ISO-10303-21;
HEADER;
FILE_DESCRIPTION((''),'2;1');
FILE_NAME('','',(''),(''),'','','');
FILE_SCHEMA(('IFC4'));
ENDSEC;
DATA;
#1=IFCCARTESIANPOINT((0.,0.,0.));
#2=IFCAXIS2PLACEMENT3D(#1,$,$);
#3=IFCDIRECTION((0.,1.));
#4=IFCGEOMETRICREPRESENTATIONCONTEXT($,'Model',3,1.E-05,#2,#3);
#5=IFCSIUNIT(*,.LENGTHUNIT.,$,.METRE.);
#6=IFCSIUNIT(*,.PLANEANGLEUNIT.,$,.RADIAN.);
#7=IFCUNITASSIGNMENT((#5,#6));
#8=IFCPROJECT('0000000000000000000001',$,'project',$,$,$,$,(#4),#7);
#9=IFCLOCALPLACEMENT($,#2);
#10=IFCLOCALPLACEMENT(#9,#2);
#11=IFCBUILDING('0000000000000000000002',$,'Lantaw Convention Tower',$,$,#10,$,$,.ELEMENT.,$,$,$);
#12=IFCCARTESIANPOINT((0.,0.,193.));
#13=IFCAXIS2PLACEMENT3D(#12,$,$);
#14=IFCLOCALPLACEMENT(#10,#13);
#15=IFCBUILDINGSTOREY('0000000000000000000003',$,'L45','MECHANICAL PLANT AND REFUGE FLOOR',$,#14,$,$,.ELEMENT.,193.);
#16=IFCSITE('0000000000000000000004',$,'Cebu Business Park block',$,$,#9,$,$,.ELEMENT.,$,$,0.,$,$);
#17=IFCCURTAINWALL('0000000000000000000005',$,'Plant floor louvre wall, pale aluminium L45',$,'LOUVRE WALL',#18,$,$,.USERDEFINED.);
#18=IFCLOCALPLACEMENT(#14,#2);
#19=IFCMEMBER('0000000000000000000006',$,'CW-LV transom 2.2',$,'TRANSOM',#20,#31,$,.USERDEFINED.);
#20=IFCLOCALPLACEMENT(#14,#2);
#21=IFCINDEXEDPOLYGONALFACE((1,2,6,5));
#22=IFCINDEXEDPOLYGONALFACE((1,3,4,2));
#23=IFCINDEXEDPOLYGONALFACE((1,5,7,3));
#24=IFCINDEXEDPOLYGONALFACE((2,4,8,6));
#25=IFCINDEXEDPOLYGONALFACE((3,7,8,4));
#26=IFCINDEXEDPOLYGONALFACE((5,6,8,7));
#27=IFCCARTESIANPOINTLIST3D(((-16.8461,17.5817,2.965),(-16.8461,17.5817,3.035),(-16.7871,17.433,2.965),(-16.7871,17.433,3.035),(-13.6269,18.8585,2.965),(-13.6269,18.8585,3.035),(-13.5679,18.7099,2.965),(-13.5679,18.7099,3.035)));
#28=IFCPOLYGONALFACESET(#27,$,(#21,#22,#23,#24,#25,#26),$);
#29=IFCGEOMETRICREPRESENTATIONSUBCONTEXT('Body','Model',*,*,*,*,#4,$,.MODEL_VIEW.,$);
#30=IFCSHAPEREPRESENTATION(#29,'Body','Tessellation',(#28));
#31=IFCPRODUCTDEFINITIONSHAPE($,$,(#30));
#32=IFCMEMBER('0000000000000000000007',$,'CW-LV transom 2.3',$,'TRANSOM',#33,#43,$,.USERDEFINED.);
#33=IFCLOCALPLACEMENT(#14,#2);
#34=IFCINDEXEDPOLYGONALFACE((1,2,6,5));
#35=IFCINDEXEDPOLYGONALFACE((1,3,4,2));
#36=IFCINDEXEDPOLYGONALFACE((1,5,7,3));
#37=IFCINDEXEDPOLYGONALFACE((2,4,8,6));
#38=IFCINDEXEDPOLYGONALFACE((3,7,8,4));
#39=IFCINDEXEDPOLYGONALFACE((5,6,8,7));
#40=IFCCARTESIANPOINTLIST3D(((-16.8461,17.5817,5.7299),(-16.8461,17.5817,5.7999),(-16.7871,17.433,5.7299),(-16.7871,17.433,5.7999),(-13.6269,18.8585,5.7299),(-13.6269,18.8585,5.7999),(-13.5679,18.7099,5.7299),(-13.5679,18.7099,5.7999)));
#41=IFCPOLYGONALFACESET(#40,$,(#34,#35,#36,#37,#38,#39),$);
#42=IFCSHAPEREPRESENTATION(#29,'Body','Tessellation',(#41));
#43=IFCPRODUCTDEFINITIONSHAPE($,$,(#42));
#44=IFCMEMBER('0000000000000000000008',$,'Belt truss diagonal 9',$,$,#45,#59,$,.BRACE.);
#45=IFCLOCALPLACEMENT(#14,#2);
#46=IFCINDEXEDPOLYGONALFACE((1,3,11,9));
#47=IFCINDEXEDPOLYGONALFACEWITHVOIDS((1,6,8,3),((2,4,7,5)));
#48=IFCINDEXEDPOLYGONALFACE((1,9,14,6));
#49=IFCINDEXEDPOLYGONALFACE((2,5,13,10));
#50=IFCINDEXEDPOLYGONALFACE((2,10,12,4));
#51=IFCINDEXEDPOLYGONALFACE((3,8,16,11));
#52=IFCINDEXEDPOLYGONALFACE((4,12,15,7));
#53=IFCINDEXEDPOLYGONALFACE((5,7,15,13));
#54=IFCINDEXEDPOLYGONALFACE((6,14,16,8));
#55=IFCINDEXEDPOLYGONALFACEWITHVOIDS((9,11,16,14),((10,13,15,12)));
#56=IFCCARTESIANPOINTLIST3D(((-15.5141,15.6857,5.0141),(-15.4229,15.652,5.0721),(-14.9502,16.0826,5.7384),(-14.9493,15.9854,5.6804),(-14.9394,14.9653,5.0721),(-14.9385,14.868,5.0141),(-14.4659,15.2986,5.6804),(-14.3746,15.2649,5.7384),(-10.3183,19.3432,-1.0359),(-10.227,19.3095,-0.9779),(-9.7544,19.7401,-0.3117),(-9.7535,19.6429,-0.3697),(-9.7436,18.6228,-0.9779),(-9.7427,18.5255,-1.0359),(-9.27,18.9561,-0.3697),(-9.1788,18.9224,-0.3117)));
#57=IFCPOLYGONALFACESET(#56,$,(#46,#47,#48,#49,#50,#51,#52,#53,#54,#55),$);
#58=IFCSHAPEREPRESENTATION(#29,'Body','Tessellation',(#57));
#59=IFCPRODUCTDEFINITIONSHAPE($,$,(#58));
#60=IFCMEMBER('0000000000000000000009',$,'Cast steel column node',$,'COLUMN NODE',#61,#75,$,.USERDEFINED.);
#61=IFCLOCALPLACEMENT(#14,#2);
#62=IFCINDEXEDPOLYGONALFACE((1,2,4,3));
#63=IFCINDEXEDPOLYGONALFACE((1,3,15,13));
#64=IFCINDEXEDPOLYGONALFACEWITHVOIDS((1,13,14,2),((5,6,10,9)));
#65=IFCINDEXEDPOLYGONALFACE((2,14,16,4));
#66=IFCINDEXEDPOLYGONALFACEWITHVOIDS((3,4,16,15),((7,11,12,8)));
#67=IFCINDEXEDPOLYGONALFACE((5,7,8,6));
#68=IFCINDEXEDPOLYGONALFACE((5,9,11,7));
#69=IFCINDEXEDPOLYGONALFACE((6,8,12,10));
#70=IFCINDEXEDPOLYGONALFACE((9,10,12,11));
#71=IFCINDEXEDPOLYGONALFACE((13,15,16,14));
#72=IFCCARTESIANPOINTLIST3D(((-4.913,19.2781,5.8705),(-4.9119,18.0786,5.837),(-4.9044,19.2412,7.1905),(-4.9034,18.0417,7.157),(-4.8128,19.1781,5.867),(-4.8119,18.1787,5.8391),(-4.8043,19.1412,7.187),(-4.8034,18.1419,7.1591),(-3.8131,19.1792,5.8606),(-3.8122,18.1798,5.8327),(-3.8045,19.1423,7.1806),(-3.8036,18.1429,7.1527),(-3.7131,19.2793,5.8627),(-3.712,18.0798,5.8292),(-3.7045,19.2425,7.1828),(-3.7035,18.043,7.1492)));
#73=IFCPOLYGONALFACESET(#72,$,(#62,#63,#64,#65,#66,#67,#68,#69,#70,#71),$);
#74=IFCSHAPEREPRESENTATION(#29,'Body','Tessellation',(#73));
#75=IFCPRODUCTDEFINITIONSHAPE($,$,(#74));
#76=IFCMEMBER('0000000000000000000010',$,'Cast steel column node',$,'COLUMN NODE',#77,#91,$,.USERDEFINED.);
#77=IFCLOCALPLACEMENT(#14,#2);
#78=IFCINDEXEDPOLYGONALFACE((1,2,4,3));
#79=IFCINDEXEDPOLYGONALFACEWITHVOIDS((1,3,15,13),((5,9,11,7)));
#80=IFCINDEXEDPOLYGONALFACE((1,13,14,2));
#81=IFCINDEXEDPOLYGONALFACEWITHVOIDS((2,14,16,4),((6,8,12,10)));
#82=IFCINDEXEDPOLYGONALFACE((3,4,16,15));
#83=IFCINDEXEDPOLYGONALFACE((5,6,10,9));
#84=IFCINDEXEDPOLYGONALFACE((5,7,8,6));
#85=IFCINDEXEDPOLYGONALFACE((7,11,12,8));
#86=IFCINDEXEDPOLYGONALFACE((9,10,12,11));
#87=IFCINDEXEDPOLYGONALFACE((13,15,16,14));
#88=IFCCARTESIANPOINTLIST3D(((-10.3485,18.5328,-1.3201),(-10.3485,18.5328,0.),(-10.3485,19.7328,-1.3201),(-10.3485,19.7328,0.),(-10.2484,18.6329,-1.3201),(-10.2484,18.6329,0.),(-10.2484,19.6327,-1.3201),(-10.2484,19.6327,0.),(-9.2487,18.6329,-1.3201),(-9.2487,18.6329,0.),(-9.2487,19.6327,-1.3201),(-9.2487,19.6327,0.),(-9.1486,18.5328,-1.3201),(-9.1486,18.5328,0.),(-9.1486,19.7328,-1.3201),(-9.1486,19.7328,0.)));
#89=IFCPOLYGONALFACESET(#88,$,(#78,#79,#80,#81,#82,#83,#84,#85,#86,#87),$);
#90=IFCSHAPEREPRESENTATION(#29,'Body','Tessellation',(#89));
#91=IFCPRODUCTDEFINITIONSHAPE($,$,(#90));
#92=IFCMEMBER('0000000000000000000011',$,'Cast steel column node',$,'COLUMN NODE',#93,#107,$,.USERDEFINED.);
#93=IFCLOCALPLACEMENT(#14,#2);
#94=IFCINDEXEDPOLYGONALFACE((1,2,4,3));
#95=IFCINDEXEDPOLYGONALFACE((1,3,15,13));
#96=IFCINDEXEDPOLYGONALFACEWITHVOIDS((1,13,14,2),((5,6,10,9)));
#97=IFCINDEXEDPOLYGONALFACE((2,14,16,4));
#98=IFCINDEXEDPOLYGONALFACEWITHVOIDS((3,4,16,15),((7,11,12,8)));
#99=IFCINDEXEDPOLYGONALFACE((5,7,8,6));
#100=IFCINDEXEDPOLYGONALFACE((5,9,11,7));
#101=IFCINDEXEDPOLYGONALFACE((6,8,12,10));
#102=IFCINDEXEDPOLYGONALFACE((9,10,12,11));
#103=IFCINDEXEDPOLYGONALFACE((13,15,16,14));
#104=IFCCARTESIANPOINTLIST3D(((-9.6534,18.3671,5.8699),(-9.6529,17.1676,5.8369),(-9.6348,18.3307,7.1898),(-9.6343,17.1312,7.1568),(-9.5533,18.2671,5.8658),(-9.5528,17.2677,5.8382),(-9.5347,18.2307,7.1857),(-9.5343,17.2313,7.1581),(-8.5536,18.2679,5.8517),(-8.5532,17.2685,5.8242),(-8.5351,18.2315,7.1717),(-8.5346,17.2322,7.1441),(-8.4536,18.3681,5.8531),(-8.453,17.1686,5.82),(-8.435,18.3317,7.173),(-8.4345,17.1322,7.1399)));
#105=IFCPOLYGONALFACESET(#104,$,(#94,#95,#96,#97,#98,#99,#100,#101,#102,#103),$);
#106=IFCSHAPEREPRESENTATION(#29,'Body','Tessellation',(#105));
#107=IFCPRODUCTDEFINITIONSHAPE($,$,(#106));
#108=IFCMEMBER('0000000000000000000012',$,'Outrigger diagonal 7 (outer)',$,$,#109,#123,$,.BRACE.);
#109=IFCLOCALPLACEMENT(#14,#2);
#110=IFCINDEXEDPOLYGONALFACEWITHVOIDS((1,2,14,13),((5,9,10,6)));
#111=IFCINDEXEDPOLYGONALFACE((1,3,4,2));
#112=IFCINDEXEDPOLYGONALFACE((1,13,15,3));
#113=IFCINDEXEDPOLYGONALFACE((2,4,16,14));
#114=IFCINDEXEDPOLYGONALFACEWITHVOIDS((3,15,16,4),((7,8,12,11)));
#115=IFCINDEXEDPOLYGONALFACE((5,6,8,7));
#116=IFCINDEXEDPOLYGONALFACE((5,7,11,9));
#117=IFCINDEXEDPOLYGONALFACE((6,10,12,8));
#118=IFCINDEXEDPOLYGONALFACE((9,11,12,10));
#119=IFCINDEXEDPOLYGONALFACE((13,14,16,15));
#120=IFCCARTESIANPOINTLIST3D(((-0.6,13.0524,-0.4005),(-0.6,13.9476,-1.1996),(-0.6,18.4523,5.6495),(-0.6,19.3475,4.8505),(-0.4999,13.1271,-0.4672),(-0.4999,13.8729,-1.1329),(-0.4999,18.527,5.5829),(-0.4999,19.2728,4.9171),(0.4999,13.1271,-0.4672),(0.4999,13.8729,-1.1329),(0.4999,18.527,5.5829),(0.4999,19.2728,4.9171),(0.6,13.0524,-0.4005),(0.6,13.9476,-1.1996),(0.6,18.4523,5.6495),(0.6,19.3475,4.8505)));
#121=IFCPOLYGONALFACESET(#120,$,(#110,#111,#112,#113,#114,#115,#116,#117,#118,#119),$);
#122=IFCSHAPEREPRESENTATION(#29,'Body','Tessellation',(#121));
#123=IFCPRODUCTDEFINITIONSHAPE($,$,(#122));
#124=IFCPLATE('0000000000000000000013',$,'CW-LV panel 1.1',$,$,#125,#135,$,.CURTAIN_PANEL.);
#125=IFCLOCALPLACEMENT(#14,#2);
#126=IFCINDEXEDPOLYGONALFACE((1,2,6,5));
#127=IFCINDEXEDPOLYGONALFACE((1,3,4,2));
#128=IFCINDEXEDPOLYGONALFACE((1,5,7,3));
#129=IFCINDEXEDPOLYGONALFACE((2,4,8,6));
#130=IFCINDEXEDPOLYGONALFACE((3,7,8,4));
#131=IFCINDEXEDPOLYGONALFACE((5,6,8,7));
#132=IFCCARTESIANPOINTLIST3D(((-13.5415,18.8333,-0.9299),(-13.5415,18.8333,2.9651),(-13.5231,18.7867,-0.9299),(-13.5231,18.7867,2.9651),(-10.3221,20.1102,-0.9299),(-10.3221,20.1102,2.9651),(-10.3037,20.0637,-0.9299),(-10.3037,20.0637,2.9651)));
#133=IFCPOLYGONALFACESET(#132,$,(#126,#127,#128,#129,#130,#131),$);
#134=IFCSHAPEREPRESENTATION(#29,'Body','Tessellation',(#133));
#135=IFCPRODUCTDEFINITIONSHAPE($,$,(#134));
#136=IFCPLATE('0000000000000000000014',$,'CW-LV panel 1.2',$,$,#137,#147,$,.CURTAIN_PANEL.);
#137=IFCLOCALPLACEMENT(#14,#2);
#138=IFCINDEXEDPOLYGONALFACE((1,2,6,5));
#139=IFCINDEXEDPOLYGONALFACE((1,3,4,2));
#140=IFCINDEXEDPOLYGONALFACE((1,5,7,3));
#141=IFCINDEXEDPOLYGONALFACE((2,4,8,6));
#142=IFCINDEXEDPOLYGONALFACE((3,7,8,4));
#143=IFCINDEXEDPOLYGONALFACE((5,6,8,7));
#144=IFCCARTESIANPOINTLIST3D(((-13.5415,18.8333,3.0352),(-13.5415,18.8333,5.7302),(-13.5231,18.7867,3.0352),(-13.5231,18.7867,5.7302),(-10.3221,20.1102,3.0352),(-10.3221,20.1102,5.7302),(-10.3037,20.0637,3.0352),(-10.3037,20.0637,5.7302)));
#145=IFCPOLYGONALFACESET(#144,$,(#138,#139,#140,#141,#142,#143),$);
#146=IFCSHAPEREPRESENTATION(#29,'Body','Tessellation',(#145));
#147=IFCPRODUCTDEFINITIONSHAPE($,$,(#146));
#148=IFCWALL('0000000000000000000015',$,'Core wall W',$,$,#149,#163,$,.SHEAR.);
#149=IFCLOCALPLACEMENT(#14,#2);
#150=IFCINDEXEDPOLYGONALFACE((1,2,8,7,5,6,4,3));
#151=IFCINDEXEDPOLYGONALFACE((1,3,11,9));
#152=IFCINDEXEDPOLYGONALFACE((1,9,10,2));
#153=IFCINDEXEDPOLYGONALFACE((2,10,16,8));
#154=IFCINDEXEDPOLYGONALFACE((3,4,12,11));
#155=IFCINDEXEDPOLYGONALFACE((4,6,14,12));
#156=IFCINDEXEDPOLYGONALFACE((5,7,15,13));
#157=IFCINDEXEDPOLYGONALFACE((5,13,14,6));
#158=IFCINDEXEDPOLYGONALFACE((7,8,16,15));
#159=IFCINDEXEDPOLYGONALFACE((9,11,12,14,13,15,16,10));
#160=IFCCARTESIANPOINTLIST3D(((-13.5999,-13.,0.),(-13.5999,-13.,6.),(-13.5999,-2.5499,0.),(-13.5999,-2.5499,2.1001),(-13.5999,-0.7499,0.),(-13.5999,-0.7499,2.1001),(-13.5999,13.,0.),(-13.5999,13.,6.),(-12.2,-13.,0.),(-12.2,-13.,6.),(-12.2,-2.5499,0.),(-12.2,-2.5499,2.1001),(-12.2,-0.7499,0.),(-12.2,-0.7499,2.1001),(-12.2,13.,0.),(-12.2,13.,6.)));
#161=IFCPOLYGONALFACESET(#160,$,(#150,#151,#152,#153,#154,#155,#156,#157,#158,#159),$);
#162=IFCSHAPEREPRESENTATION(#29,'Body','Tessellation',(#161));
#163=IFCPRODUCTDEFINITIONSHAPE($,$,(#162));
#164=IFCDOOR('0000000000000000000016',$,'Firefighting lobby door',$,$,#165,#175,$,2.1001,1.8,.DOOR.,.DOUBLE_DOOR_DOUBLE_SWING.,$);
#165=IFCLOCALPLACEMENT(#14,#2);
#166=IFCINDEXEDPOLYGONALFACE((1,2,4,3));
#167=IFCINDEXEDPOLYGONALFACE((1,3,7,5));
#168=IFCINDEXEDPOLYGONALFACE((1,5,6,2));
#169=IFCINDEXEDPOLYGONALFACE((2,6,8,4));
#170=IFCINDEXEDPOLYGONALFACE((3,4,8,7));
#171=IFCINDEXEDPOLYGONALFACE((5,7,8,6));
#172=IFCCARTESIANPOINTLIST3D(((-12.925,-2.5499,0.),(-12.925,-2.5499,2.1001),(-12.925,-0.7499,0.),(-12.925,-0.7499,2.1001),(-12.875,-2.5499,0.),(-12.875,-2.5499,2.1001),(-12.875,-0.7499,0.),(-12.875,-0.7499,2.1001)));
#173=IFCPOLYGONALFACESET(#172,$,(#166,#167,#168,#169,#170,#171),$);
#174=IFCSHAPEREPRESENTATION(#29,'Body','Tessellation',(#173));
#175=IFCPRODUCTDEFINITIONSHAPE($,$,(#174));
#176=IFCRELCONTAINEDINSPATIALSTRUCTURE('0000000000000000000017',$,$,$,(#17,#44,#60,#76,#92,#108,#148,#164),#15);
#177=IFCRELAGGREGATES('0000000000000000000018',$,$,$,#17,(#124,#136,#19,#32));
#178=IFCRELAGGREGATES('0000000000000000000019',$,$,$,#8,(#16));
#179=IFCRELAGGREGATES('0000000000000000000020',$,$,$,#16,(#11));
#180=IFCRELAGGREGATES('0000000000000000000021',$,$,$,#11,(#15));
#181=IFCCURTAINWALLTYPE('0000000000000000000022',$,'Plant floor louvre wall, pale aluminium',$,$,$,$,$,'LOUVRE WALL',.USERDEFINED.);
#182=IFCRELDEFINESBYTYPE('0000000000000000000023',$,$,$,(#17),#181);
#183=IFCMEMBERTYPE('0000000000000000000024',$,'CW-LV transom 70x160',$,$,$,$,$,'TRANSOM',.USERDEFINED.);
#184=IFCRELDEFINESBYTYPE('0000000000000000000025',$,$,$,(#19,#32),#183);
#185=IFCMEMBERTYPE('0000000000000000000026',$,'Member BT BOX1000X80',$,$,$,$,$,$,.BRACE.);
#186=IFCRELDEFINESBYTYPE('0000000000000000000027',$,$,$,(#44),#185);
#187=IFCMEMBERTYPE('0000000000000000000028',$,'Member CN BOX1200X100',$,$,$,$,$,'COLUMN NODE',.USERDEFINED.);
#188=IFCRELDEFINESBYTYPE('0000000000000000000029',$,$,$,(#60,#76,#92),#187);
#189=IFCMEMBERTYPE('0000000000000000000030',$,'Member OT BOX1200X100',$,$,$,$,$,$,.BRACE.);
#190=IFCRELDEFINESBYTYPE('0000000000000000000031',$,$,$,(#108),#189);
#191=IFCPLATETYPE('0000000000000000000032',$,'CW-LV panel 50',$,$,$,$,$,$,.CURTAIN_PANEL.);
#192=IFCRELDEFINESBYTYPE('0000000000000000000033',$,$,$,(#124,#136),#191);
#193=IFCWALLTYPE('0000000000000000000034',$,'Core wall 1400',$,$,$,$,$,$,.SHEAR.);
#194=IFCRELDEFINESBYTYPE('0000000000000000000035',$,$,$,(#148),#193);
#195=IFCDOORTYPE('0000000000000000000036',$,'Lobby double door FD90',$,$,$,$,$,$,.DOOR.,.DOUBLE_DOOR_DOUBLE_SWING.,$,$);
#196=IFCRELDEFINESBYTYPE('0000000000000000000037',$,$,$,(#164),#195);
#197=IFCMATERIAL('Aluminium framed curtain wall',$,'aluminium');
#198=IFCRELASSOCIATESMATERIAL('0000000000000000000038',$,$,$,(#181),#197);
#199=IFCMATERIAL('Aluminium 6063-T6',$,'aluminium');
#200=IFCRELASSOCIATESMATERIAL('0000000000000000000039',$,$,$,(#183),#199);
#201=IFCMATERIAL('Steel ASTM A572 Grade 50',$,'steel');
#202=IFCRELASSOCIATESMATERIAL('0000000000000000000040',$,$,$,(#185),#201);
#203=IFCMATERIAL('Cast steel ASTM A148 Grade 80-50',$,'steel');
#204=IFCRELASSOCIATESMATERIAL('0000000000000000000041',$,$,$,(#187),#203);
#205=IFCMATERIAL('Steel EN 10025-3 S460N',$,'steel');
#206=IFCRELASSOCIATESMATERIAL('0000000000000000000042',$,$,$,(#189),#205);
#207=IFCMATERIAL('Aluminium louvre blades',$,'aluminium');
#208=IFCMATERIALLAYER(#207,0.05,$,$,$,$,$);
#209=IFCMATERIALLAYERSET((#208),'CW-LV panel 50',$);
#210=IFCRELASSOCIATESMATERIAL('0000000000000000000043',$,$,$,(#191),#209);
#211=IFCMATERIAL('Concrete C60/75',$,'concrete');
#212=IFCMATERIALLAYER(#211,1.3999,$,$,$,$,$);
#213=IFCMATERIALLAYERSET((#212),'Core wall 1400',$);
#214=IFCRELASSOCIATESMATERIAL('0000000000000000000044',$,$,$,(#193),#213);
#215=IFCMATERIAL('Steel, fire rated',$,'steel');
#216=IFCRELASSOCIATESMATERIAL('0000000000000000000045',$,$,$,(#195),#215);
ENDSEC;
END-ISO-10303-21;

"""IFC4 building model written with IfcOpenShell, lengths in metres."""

from ifc_helpers import new_model, si_unit, direction, frame, frame_2d, origin, origin_2d, place, context, subcontext, project, spatial, rectangle, hollow_rectangle, extrude, material, layer, layer_set, material_profile, profile_set, type_object, element, fill, aggregate, save


model = new_model("IFC4")

# Units and contexts
model_context = context("Model", 3, precision=1e-05, world=origin(), true_north=direction((0.0, 1.0)))
body_context = subcontext(model_context, "Body", "Model", "MODEL_VIEW")
ifc_project = project(units=[si_unit("LENGTHUNIT", "METRE"), si_unit("PLANEANGLEUNIT", "RADIAN")], contexts=[model_context])

# Site, building, storey
site_placement = place(None, origin())
site = spatial("IfcSite", under=ifc_project, at=site_placement, Name="Cebu Business Park block", CompositionType="ELEMENT", RefElevation=0.0)
building_placement = place(site_placement, origin())
building = spatial("IfcBuilding", under=site, at=building_placement, Name="Lantaw Convention Tower", CompositionType="ELEMENT")
storey_placement = place(building_placement, frame((0.0, 0.0, 193.0)))
storey = spatial("IfcBuildingStorey", under=building, at=storey_placement, Name="L45", Description="MECHANICAL PLANT AND REFUGE FLOOR", CompositionType="ELEMENT", Elevation=193.0)

# Shared definitions
ifc_material_1 = material(Name="Steel EN 10025-3 S460N", Category="steel")
ifc_material_2 = material(Name="Concrete C60/75", Category="concrete")

# Curtain wall, members
ifc_material_3 = material(Name="Aluminium framed curtain wall", Category="aluminium")
curtain_wall_type = type_object("IfcCurtainWallType", Name="Plant floor louvre wall, pale aluminium", ElementType="LOUVRE WALL", PredefinedType="USERDEFINED", material=ifc_material_3)
curtain_wall_placement = place(storey_placement, origin())
curtain_wall = element("IfcCurtainWall", 1, at=curtain_wall_placement, inside=storey, type_object=curtain_wall_type, Name="Plant floor louvre wall, pale aluminium L45", ObjectType="LOUVRE WALL", PredefinedType="USERDEFINED")
ifc_material_4 = material(Name="Aluminium 6063-T6", Category="aluminium")
ifc_material_profile_1 = material_profile(ifc_material_4, rectangle(XDim=0.1599, YDim=0.0701, at=origin_2d()), Name="CW-LV transom 70x160")
ifc_profile_set_1 = profile_set([ifc_material_profile_1], Name="Aluminium 6063-T6")
member_type_1 = type_object("IfcMemberType", Name="CW-LV transom 70x160", ElementType="TRANSOM", PredefinedType="USERDEFINED", material=ifc_profile_set_1)
member_1_placement = place(storey_placement, frame((-13.5974, 18.7842, 3.0), z_axis=(-0.929552, -0.368691, 0.0), x_axis=(0.368691, -0.929552, 0.0)))
member_1 = element("IfcMember", 2, at=member_1_placement, type_object=member_type_1, Name="CW-LV transom 2.2", ObjectType="TRANSOM", PredefinedType="USERDEFINED", context=body_context, shape_type="SweptSolid", body=[
    extrude(rectangle(XDim=0.1599, YDim=0.0701, at=origin_2d()), origin(), (0.0, 0.0, 1.0), 3.4631),
])
member_2_placement = place(storey_placement, frame((-13.5974, 18.7842, 5.7649), z_axis=(-0.929552, -0.368691, 0.0), x_axis=(0.368691, -0.929552, 0.0)))
member_2 = element("IfcMember", 3, at=member_2_placement, type_object=member_type_1, Name="CW-LV transom 2.3", ObjectType="TRANSOM", PredefinedType="USERDEFINED", context=body_context, shape_type="SweptSolid", body=[
    extrude(rectangle(XDim=0.1599, YDim=0.0701, at=origin_2d()), origin(), (0.0, 0.0, 1.0), 3.4631),
])

# Members
ifc_material_5 = material(Name="Steel ASTM A572 Grade 50", Category="steel")
ifc_material_profile_2 = material_profile(ifc_material_5, hollow_rectangle(XDim=1.0, YDim=1.0, WallThickness=0.0801, at=origin_2d()), Name="BOX1000X80")
ifc_profile_set_2 = profile_set([ifc_material_profile_2], Name="Steel ASTM A572 Grade 50")
member_type_2 = type_object("IfcMemberType", Name="Member BT BOX1000X80", PredefinedType="BRACE", material=ifc_profile_set_2)
member_3_placement = place(storey_placement, frame((-9.7485, 19.1328, -0.6738), z_axis=(-0.592207, -0.416871, 0.689572), x_axis=(0.575616, -0.81772, 0.0)))
element("IfcMember", 4, at=member_3_placement, inside=storey, type_object=member_type_2, Name="Belt truss diagonal 9", PredefinedType="BRACE", context=body_context, shape_type="SweptSolid", body=[
    extrude(hollow_rectangle(XDim=1.0, YDim=1.0, WallThickness=0.0801, at=origin_2d()), origin(), (0.0, 0.0, 1.0), 8.7737),
])
ifc_material_6 = material(Name="Cast steel ASTM A148 Grade 80-50", Category="steel")
ifc_material_profile_3 = material_profile(ifc_material_6, hollow_rectangle(XDim=1.2, YDim=1.2, WallThickness=0.1001, at=origin_2d()), Name="BOX1200X100")
ifc_profile_set_3 = profile_set([ifc_material_profile_3], Name="Cast steel ASTM A148 Grade 80-50")
member_type_3 = type_object("IfcMemberType", Name="Member CN BOX1200X100", ElementType="COLUMN NODE", PredefinedType="USERDEFINED", material=ifc_profile_set_3)
member_4_placement = place(storey_placement, frame((-4.3125, 18.679, 5.8499), z_axis=(0.00647, -0.027915, 0.999589), x_axis=(0.999979, 0.001061, -0.006443)))
element("IfcMember", 5, at=member_4_placement, inside=storey, type_object=member_type_3, Name="Cast steel column node", ObjectType="COLUMN NODE", PredefinedType="USERDEFINED", context=body_context, shape_type="SweptSolid", body=[
    extrude(hollow_rectangle(XDim=1.2, YDim=1.2, WallThickness=0.1001, at=origin_2d()), origin(), (0.0, 0.0, 1.0), 1.3206),
])
member_5_placement = place(storey_placement, frame((-9.7485, 19.1328, -1.3201), z_axis=(0.0, 0.0, 1.0), x_axis=(1.0, 0.0, 0.0)))
element("IfcMember", 6, at=member_5_placement, inside=storey, type_object=member_type_3, Name="Cast steel column node", ObjectType="COLUMN NODE", PredefinedType="USERDEFINED", context=body_context, shape_type="SweptSolid", body=[
    extrude(hollow_rectangle(XDim=1.2, YDim=1.2, WallThickness=0.1001, at=origin_2d()), origin(), (0.0, 0.0, 1.0), 1.3201),
])
member_6_placement = place(storey_placement, frame((-9.0532, 17.7678, 5.845), z_axis=(0.014052, -0.027549, 0.999522), x_axis=(0.999901, 0.000828, -0.014034)))
element("IfcMember", 7, at=member_6_placement, inside=storey, type_object=member_type_3, Name="Cast steel column node", ObjectType="COLUMN NODE", PredefinedType="USERDEFINED", context=body_context, shape_type="SweptSolid", body=[
    extrude(hollow_rectangle(XDim=1.2, YDim=1.2, WallThickness=0.1001, at=origin_2d()), origin(), (0.0, 0.0, 1.0), 1.3206),
])
ifc_material_profile_4 = material_profile(ifc_material_1, hollow_rectangle(XDim=1.2, YDim=1.2, WallThickness=0.1001, at=origin_2d()), Name="BOX1200X100")
ifc_profile_set_4 = profile_set([ifc_material_profile_4], Name="Steel EN 10025-3 S460N")
member_type_4 = type_object("IfcMemberType", Name="Member OT BOX1200X100", PredefinedType="BRACE", material=ifc_profile_set_4)
member_7_placement = place(storey_placement, frame((0.0, 13.5, -0.8), z_axis=(0.0, 0.665884, 0.746056), x_axis=(-1.0, 0.0, 0.0)))
element("IfcMember", 8, at=member_7_placement, inside=storey, type_object=member_type_4, Name="Outrigger diagonal 7 (outer)", PredefinedType="BRACE", context=body_context, shape_type="SweptSolid", body=[
    extrude(hollow_rectangle(XDim=1.2, YDim=1.2, WallThickness=0.1001, at=origin_2d()), origin(), (0.0, 0.0, 1.0), 8.1094),
])

# Plates
ifc_material_7 = material(Name="Aluminium louvre blades", Category="aluminium")
ifc_layer_1 = layer(ifc_material_7, 0.05)
ifc_layer_set_1 = layer_set([ifc_layer_1], Name="CW-LV panel 50")
plate_type = type_object("IfcPlateType", Name="CW-LV panel 50", PredefinedType="CURTAIN_PANEL", material=ifc_layer_set_1)
plate_1_placement = place(storey_placement, frame((-11.9226, 19.4485, -0.9299), z_axis=(0.0, 0.0, 1.0), x_axis=(-0.929548, -0.368702, 0.0)))
plate_1 = element("IfcPlate", 9, at=plate_1_placement, type_object=plate_type, Name="CW-LV panel 1.1", PredefinedType="CURTAIN_PANEL", context=body_context, shape_type="SweptSolid", body=[
    extrude(rectangle(XDim=3.4634, YDim=0.05, at=origin_2d()), origin(), (0.0, 0.0, 1.0), 3.895),
])
plate_2_placement = place(storey_placement, frame((-11.9226, 19.4485, 3.0352), z_axis=(0.0, 0.0, 1.0), x_axis=(-0.929548, -0.368702, 0.0)))
plate_2 = element("IfcPlate", 10, at=plate_2_placement, type_object=plate_type, Name="CW-LV panel 1.2", PredefinedType="CURTAIN_PANEL", context=body_context, shape_type="SweptSolid", body=[
    extrude(rectangle(XDim=3.4634, YDim=0.05, at=origin_2d()), origin(), (0.0, 0.0, 1.0), 2.6951),
])
aggregate(curtain_wall, [plate_1, plate_2, member_1, member_2])

# Wall, opening, door
ifc_layer_2 = layer(ifc_material_2, 1.3999)
ifc_layer_set_2 = layer_set([ifc_layer_2], Name="Core wall 1400")
wall_type_1 = type_object("IfcWallType", Name="Core wall 1400", PredefinedType="SHEAR", material=ifc_layer_set_2)
wall_1_placement = place(storey_placement, frame((-12.8999, 13.0, 0.0), z_axis=(0.0, 0.0, 1.0), x_axis=(0.0, -1.0, 0.0)))
wall_1 = element("IfcWall", 11, at=wall_1_placement, inside=storey, type_object=wall_type_1, Name="Core wall W", PredefinedType="SHEAR", context=body_context, shape_type="SweptSolid", body=[
    extrude(rectangle(XDim=26.0, YDim=1.3999, at=frame_2d((13.0, 0.0))), origin(), (0.0, 0.0, 1.0), 6.0),
])
opening_placement = place(wall_1_placement, frame((13.75, 0.0, 0.0)))
opening = element("IfcOpeningElement", 12, at=opening_placement, cuts=wall_1, PredefinedType="OPENING", context=body_context, shape_type="SweptSolid", body=[
    extrude(rectangle(XDim=1.8, YDim=2.1001, at=frame_2d((0.8999, 1.05))), frame((0.0, 0.71, 0.0), z_axis=(0.0, -1.0, 0.0), x_axis=(1.0, 0.0, 0.0)), (0.0, 0.0, 1.0), 1.4199),
])
ifc_material_8 = material(Name="Steel, fire rated", Category="steel")
door_type = type_object("IfcDoorType", Name="Lobby double door FD90", OperationType="DOUBLE_DOOR_DOUBLE_SWING", PredefinedType="DOOR", material=ifc_material_8)
door_placement = place(opening_placement, origin())
door = element("IfcDoor", 13, at=door_placement, inside=storey, type_object=door_type, Name="Firefighting lobby door", OperationType="DOUBLE_DOOR_DOUBLE_SWING", OverallHeight=2.1001, OverallWidth=1.8, PredefinedType="DOOR", context=body_context, shape_type="SweptSolid", body=[
    extrude(rectangle(XDim=1.8, YDim=2.1001, at=frame_2d((0.8999, 1.05))), frame((0.0, 0.0249, 0.0), z_axis=(0.0, -1.0, 0.0), x_axis=(1.0, 0.0, 0.0)), (0.0, 0.0, 1.0), 0.05),
])
fill(opening, door)

save(model, "model.ifc")
